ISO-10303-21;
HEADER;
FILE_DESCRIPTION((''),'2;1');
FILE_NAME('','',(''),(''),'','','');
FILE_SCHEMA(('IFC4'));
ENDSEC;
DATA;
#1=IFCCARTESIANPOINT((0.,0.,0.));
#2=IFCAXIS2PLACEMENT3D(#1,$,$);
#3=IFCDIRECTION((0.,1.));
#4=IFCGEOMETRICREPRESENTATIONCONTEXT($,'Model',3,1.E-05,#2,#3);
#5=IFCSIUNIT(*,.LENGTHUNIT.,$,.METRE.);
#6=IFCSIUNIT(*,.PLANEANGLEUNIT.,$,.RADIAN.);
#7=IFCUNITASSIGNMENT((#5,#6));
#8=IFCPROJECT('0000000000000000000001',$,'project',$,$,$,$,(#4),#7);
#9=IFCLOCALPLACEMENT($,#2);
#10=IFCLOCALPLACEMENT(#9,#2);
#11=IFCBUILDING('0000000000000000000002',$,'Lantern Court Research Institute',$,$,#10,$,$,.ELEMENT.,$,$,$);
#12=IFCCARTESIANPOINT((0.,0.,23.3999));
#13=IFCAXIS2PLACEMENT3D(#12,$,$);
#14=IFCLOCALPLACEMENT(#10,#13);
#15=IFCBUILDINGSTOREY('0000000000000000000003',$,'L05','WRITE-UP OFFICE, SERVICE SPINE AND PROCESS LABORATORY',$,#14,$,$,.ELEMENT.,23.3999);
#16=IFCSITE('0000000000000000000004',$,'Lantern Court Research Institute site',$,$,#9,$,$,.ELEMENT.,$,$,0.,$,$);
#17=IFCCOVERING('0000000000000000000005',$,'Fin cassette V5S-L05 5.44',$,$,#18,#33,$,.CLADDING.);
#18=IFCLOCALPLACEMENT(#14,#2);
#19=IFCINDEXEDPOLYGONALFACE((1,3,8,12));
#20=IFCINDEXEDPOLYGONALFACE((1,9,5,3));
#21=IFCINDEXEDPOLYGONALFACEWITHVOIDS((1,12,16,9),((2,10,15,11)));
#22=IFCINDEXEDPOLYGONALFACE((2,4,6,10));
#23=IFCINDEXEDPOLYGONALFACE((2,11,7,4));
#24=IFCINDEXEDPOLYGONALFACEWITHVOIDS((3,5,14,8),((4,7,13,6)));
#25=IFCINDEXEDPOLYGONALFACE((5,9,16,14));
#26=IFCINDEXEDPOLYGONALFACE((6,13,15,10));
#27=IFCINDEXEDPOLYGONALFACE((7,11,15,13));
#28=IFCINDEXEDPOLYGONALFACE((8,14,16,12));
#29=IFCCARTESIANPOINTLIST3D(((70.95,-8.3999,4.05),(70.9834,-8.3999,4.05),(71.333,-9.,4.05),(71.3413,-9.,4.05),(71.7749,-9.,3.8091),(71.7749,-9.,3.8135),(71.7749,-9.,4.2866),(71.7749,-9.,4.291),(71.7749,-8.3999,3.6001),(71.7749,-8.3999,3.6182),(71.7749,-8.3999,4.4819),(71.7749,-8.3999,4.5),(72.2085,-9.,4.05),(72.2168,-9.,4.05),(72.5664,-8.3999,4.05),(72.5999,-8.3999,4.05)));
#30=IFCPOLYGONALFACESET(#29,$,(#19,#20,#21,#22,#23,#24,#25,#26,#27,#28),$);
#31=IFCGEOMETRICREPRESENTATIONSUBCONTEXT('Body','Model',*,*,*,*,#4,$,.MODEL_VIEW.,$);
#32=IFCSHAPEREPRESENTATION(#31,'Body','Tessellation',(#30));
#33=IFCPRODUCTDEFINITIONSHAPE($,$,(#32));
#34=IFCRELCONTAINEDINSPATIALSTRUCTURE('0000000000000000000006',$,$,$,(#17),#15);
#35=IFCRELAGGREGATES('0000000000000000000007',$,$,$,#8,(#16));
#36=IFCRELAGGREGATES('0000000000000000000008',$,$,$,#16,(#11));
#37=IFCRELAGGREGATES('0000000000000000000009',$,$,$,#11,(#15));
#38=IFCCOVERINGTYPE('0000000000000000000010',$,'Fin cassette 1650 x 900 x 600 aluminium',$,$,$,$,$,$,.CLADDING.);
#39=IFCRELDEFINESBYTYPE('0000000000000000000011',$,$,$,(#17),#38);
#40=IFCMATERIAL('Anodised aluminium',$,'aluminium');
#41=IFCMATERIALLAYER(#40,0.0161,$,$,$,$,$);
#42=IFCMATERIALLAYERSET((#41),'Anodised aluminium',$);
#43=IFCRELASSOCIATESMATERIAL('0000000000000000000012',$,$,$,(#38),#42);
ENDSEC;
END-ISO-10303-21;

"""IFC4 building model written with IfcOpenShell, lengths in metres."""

from ifc_helpers import new_model, entity, si_unit, direction, frame, origin, place, context, subcontext, project, spatial, material, layer, layer_set, type_object, element, save


model = new_model("IFC4")

# Units and contexts
model_context = context("Model", 3, precision=1e-05, world=origin(), true_north=direction((0.0, 1.0)))
body_context = subcontext(model_context, "Body", "Model", "MODEL_VIEW")
ifc_project = project(units=[si_unit("LENGTHUNIT", "METRE"), si_unit("PLANEANGLEUNIT", "RADIAN")], contexts=[model_context])

# Site, building, storey
site_placement = place(None, origin())
site = spatial("IfcSite", under=ifc_project, at=site_placement, Name="Lantern Court Research Institute site", CompositionType="ELEMENT", RefElevation=0.0)
building_placement = place(site_placement, origin())
building = spatial("IfcBuilding", under=site, at=building_placement, Name="Lantern Court Research Institute", CompositionType="ELEMENT")
storey_placement = place(building_placement, frame((0.0, 0.0, 23.3999)))
storey = spatial("IfcBuildingStorey", under=building, at=storey_placement, Name="L05", Description="WRITE-UP OFFICE, SERVICE SPINE AND PROCESS LABORATORY", CompositionType="ELEMENT", Elevation=23.3999)

# Covering
ifc_material_1 = material(Name="Anodised aluminium", Category="aluminium")
ifc_layer_1 = layer(ifc_material_1, 0.0161)
ifc_layer_set_1 = layer_set([ifc_layer_1], Name="Anodised aluminium")
covering_type = type_object("IfcCoveringType", Name="Fin cassette 1650 x 900 x 600 aluminium", PredefinedType="CLADDING", material=ifc_layer_set_1)
covering_1_placement = place(storey_placement, frame((71.7749, -8.3999, 4.05), z_axis=(0.0, -1.0, 0.0), x_axis=(1.0, 0.0, 0.0)))
cartesian_point_1 = entity("IfcCartesianPoint", [0.825, 0.0])
cartesian_point_2 = entity("IfcCartesianPoint", [0.7915, 0.0])
cartesian_point_3 = entity("IfcCartesianPoint", [0.4419, 0.0])
cartesian_point_4 = entity("IfcCartesianPoint", [0.4336, 0.0])
element("IfcCovering", 1, at=covering_1_placement, inside=storey, type_object=covering_type, Name="Fin cassette V5S-L05 5.44", PredefinedType="CLADDING", context=body_context, shape_type="SweptSolid", body=[
    entity("IfcExtrudedAreaSolidTapered", entity("IfcArbitraryProfileDefWithVoids", "AREA", None, entity("IfcPolyline", [cartesian_point_1, entity("IfcCartesianPoint", [0.0, 0.45]), entity("IfcCartesianPoint", [-0.825, 0.0]), entity("IfcCartesianPoint", [0.0, -0.45]), cartesian_point_1]), [entity("IfcPolyline", [cartesian_point_2, entity("IfcCartesianPoint", [0.0, 0.4319]), entity("IfcCartesianPoint", [-0.7915, 0.0]), entity("IfcCartesianPoint", [0.0, -0.4319]), cartesian_point_2])]), entity("IfcAxis2Placement3D", entity("IfcCartesianPoint", [0.0, 0.0, 0.0])), entity("IfcDirection", [0.0, 0.0, 1.0]), 0.6001, entity("IfcArbitraryProfileDefWithVoids", "AREA", None, entity("IfcPolyline", [cartesian_point_3, entity("IfcCartesianPoint", [0.0, 0.241]), entity("IfcCartesianPoint", [-0.4419, 0.0]), entity("IfcCartesianPoint", [0.0, -0.241]), cartesian_point_3]), [entity("IfcPolyline", [cartesian_point_4, entity("IfcCartesianPoint", [0.0, 0.2366]), entity("IfcCartesianPoint", [-0.4336, 0.0]), entity("IfcCartesianPoint", [0.0, -0.2366]), cartesian_point_4])])),
])

save(model, "model.ifc")
